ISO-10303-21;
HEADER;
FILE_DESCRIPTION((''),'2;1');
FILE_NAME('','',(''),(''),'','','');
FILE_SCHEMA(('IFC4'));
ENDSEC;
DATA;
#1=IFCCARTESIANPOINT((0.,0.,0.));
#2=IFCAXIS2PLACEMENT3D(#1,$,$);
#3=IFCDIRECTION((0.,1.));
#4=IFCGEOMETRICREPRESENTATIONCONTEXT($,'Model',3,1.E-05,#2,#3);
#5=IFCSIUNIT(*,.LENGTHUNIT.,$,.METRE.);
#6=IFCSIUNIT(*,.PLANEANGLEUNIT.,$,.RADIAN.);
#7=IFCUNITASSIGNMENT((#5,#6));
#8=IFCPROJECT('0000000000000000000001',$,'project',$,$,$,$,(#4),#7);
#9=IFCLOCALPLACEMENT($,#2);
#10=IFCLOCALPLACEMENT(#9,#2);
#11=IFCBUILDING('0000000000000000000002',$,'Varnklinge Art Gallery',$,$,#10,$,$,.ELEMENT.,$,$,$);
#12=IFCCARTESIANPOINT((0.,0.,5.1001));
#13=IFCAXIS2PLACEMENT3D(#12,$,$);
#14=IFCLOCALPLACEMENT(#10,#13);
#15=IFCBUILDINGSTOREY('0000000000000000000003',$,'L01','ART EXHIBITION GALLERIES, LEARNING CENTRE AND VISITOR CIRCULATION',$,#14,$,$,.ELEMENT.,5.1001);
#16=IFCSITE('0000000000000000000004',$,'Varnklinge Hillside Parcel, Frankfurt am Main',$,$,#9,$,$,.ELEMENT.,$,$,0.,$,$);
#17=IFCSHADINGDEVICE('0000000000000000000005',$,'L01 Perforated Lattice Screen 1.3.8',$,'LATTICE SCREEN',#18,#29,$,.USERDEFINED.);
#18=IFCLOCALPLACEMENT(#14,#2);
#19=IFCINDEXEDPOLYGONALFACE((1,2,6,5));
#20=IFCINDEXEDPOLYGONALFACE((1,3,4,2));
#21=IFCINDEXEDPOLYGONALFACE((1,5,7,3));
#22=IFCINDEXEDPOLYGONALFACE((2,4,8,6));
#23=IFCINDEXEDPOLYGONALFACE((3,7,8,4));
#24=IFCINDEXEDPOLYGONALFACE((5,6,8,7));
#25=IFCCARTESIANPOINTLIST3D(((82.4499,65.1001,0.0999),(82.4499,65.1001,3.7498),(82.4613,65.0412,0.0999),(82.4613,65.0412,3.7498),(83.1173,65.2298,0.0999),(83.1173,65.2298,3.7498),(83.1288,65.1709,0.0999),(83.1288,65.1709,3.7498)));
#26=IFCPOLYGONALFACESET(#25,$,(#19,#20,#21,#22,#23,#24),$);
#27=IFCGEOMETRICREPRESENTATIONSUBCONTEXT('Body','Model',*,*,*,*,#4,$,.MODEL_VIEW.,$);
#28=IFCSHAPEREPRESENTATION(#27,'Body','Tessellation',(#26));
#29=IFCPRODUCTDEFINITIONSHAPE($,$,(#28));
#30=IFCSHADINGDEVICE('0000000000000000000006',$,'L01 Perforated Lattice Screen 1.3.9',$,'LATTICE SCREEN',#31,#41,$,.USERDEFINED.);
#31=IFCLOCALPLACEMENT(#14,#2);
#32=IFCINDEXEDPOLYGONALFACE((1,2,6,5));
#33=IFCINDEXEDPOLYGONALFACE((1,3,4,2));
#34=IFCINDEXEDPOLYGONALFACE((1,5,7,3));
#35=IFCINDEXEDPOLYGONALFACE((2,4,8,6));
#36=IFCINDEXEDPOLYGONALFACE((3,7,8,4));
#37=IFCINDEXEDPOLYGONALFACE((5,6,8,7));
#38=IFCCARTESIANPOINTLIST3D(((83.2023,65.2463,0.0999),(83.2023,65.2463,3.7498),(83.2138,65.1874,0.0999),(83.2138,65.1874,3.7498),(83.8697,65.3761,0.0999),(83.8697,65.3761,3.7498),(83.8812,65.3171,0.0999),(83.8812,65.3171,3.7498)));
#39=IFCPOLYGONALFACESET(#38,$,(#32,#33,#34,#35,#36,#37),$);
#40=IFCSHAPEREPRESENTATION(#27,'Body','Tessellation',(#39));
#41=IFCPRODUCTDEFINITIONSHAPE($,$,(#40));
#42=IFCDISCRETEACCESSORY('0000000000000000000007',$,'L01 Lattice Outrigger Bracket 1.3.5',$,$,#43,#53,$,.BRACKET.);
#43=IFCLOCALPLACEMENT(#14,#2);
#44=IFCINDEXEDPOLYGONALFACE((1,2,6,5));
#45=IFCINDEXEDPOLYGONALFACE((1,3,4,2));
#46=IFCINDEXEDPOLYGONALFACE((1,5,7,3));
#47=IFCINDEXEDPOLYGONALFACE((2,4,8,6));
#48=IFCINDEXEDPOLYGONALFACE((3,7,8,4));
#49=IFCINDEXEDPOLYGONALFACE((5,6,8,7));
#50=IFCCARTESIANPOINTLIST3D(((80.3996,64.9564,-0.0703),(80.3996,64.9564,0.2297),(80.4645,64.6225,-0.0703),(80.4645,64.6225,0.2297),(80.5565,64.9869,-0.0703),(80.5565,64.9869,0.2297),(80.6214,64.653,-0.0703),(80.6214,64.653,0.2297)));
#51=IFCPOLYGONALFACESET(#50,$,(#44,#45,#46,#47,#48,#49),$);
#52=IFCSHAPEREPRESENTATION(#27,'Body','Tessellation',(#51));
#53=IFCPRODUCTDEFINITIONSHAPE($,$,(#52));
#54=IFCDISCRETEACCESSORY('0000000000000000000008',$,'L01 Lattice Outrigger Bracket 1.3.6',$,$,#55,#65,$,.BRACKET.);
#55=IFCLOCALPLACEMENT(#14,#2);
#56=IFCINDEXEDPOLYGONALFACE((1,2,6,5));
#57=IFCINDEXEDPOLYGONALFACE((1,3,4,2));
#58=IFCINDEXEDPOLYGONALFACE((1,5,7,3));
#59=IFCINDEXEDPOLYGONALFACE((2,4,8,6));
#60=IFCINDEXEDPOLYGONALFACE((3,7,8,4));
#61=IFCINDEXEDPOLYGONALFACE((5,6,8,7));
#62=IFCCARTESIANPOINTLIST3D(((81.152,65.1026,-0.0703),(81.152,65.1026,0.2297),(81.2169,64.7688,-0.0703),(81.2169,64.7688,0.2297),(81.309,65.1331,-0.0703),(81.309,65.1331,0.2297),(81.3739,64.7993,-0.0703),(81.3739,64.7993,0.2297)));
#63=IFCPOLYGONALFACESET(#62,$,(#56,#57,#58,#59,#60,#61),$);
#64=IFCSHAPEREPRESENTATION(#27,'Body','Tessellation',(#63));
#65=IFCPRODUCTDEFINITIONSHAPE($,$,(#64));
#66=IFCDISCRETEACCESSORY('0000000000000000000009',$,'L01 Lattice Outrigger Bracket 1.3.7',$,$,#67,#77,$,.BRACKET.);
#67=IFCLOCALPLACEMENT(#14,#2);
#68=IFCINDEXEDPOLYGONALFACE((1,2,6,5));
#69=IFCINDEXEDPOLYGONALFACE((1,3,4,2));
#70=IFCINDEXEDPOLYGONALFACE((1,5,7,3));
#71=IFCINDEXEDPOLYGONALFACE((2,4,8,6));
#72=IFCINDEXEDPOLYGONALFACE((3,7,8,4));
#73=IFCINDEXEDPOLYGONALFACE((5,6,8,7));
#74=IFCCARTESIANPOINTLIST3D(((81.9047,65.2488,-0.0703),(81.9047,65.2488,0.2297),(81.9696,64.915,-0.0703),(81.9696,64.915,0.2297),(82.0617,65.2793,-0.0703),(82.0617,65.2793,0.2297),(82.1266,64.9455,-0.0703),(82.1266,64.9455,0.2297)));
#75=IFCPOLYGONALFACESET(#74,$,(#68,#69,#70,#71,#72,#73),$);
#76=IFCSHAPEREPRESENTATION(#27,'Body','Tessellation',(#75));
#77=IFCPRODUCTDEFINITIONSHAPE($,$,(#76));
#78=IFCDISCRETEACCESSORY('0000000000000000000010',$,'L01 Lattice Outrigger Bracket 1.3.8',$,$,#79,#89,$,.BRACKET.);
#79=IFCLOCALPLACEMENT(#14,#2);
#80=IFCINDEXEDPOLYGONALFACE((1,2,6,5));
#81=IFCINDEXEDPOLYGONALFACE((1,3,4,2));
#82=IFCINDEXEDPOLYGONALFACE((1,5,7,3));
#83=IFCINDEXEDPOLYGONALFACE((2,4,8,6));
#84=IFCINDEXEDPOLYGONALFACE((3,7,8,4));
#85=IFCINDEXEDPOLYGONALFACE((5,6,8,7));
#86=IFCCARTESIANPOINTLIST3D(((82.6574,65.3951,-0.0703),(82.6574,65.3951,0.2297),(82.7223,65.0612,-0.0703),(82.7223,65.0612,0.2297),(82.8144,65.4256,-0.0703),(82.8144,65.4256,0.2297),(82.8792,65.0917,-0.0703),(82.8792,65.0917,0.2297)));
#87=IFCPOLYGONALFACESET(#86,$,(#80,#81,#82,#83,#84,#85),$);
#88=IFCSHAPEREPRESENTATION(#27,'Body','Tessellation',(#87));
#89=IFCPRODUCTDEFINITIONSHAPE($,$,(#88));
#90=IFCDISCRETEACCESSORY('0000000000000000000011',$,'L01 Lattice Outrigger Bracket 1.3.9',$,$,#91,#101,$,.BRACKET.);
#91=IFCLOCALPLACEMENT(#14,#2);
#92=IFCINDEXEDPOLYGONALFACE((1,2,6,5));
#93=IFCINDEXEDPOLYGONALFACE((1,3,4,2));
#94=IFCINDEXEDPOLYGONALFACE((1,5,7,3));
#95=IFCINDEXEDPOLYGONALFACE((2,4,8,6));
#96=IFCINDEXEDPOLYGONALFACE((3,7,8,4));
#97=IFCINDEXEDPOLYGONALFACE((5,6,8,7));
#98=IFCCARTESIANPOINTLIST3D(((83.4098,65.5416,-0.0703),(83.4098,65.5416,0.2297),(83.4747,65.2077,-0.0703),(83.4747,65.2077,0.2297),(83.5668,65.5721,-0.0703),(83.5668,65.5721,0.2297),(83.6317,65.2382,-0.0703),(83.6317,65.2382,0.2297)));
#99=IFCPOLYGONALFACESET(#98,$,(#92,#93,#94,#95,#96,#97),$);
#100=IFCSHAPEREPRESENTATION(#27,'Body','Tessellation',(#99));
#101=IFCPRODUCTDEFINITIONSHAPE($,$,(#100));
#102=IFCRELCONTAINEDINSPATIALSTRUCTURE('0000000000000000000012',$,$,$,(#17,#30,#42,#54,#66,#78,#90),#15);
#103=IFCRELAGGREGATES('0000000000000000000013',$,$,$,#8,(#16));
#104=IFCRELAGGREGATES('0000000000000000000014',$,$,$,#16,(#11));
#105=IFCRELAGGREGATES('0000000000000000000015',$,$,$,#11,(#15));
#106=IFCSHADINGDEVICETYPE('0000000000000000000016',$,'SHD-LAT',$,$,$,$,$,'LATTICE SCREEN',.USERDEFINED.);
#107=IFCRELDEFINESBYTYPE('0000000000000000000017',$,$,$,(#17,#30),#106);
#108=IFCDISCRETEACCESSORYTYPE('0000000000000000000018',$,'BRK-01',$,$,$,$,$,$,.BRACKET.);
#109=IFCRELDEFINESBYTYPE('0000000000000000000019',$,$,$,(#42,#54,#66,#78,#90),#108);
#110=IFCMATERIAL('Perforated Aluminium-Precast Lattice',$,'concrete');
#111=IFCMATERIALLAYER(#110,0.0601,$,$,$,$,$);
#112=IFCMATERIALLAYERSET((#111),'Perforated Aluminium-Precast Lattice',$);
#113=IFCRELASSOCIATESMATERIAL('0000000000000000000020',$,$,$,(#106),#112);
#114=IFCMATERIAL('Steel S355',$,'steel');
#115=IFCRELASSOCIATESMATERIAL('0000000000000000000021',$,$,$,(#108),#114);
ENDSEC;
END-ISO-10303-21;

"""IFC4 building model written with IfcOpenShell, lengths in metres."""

from ifc_helpers import new_model, si_unit, direction, frame, origin, origin_2d, place, context, subcontext, project, spatial, rectangle, extrude, material, layer, layer_set, type_object, element, save


model = new_model("IFC4")

# Units and contexts
model_context = context("Model", 3, precision=1e-05, world=origin(), true_north=direction((0.0, 1.0)))
body_context = subcontext(model_context, "Body", "Model", "MODEL_VIEW")
ifc_project = project(units=[si_unit("LENGTHUNIT", "METRE"), si_unit("PLANEANGLEUNIT", "RADIAN")], contexts=[model_context])

# Site, building, storey
site_placement = place(None, origin())
site = spatial("IfcSite", under=ifc_project, at=site_placement, Name="Varnklinge Hillside Parcel, Frankfurt am Main", CompositionType="ELEMENT", RefElevation=0.0)
building_placement = place(site_placement, origin())
building = spatial("IfcBuilding", under=site, at=building_placement, Name="Varnklinge Art Gallery", CompositionType="ELEMENT")
storey_placement = place(building_placement, frame((0.0, 0.0, 5.1001)))
storey = spatial("IfcBuildingStorey", under=building, at=storey_placement, Name="L01", Description="ART EXHIBITION GALLERIES, LEARNING CENTRE AND VISITOR CIRCULATION", CompositionType="ELEMENT", Elevation=5.1001)

# Shading devices
ifc_material_1 = material(Name="Perforated Aluminium-Precast Lattice", Category="concrete")
ifc_layer_1 = layer(ifc_material_1, 0.0601)
ifc_layer_set_1 = layer_set([ifc_layer_1], Name="Perforated Aluminium-Precast Lattice")
shading_device_type = type_object("IfcShadingDeviceType", Name="SHD-LAT", ElementType="LATTICE SCREEN", PredefinedType="USERDEFINED", material=ifc_layer_set_1)
for number, where, z_axis, x_axis, name in (
    (1, (82.7893, 65.1355, 0.0999), (0.0, 0.0, 1.0), (0.981627, 0.190809, 0.0), "L01 Perforated Lattice Screen 1.3.8"),
    (2, (83.5417, 65.2817, 0.0999), (0.0, 0.0, 1.0), (0.981627, 0.190809, 0.0), "L01 Perforated Lattice Screen 1.3.9"),
):
    element("IfcShadingDevice", number, at=place(storey_placement, frame(where, z_axis=z_axis, x_axis=x_axis)), inside=storey, type_object=shading_device_type, Name=name, ObjectType="LATTICE SCREEN", PredefinedType="USERDEFINED", context=body_context, shape_type="SweptSolid", body=[
        extrude(rectangle(XDim=0.6799, YDim=0.0601, at=origin_2d()), origin(), (0.0, 0.0, 1.0), 3.6499),
    ])

# Discrete accessories
ifc_material_2 = material(Name="Steel S355", Category="steel")
discrete_accessory_type = type_object("IfcDiscreteAccessoryType", Name="BRK-01", PredefinedType="BRACKET", material=ifc_material_2)
for number, where, z_axis, x_axis, name in (
    (3, (80.5105, 64.8047, -0.0703), (0.0, 0.0, 1.0), (0.981627, 0.190809, 0.0), "L01 Lattice Outrigger Bracket 1.3.5"),
    (4, (81.2629, 64.9509, -0.0703), (0.0, 0.0, 1.0), (0.981627, 0.190809, 0.0), "L01 Lattice Outrigger Bracket 1.3.6"),
    (5, (82.0156, 65.0972, -0.0703), (0.0, 0.0, 1.0), (0.981627, 0.190809, 0.0), "L01 Lattice Outrigger Bracket 1.3.7"),
    (6, (82.7683, 65.2434, -0.0703), (0.0, 0.0, 1.0), (0.981627, 0.190809, 0.0), "L01 Lattice Outrigger Bracket 1.3.8"),
    (7, (83.5208, 65.3899, -0.0703), (0.0, 0.0, 1.0), (0.981627, 0.190809, 0.0), "L01 Lattice Outrigger Bracket 1.3.9"),
):
    element("IfcDiscreteAccessory", number, at=place(storey_placement, frame(where, z_axis=z_axis, x_axis=x_axis)), inside=storey, type_object=discrete_accessory_type, Name=name, PredefinedType="BRACKET", context=body_context, shape_type="SweptSolid", body=[
        extrude(rectangle(XDim=0.1599, YDim=0.3401, at=origin_2d()), origin(), (0.0, 0.0, 1.0), 0.3),
    ])

save(model, "model.ifc")
